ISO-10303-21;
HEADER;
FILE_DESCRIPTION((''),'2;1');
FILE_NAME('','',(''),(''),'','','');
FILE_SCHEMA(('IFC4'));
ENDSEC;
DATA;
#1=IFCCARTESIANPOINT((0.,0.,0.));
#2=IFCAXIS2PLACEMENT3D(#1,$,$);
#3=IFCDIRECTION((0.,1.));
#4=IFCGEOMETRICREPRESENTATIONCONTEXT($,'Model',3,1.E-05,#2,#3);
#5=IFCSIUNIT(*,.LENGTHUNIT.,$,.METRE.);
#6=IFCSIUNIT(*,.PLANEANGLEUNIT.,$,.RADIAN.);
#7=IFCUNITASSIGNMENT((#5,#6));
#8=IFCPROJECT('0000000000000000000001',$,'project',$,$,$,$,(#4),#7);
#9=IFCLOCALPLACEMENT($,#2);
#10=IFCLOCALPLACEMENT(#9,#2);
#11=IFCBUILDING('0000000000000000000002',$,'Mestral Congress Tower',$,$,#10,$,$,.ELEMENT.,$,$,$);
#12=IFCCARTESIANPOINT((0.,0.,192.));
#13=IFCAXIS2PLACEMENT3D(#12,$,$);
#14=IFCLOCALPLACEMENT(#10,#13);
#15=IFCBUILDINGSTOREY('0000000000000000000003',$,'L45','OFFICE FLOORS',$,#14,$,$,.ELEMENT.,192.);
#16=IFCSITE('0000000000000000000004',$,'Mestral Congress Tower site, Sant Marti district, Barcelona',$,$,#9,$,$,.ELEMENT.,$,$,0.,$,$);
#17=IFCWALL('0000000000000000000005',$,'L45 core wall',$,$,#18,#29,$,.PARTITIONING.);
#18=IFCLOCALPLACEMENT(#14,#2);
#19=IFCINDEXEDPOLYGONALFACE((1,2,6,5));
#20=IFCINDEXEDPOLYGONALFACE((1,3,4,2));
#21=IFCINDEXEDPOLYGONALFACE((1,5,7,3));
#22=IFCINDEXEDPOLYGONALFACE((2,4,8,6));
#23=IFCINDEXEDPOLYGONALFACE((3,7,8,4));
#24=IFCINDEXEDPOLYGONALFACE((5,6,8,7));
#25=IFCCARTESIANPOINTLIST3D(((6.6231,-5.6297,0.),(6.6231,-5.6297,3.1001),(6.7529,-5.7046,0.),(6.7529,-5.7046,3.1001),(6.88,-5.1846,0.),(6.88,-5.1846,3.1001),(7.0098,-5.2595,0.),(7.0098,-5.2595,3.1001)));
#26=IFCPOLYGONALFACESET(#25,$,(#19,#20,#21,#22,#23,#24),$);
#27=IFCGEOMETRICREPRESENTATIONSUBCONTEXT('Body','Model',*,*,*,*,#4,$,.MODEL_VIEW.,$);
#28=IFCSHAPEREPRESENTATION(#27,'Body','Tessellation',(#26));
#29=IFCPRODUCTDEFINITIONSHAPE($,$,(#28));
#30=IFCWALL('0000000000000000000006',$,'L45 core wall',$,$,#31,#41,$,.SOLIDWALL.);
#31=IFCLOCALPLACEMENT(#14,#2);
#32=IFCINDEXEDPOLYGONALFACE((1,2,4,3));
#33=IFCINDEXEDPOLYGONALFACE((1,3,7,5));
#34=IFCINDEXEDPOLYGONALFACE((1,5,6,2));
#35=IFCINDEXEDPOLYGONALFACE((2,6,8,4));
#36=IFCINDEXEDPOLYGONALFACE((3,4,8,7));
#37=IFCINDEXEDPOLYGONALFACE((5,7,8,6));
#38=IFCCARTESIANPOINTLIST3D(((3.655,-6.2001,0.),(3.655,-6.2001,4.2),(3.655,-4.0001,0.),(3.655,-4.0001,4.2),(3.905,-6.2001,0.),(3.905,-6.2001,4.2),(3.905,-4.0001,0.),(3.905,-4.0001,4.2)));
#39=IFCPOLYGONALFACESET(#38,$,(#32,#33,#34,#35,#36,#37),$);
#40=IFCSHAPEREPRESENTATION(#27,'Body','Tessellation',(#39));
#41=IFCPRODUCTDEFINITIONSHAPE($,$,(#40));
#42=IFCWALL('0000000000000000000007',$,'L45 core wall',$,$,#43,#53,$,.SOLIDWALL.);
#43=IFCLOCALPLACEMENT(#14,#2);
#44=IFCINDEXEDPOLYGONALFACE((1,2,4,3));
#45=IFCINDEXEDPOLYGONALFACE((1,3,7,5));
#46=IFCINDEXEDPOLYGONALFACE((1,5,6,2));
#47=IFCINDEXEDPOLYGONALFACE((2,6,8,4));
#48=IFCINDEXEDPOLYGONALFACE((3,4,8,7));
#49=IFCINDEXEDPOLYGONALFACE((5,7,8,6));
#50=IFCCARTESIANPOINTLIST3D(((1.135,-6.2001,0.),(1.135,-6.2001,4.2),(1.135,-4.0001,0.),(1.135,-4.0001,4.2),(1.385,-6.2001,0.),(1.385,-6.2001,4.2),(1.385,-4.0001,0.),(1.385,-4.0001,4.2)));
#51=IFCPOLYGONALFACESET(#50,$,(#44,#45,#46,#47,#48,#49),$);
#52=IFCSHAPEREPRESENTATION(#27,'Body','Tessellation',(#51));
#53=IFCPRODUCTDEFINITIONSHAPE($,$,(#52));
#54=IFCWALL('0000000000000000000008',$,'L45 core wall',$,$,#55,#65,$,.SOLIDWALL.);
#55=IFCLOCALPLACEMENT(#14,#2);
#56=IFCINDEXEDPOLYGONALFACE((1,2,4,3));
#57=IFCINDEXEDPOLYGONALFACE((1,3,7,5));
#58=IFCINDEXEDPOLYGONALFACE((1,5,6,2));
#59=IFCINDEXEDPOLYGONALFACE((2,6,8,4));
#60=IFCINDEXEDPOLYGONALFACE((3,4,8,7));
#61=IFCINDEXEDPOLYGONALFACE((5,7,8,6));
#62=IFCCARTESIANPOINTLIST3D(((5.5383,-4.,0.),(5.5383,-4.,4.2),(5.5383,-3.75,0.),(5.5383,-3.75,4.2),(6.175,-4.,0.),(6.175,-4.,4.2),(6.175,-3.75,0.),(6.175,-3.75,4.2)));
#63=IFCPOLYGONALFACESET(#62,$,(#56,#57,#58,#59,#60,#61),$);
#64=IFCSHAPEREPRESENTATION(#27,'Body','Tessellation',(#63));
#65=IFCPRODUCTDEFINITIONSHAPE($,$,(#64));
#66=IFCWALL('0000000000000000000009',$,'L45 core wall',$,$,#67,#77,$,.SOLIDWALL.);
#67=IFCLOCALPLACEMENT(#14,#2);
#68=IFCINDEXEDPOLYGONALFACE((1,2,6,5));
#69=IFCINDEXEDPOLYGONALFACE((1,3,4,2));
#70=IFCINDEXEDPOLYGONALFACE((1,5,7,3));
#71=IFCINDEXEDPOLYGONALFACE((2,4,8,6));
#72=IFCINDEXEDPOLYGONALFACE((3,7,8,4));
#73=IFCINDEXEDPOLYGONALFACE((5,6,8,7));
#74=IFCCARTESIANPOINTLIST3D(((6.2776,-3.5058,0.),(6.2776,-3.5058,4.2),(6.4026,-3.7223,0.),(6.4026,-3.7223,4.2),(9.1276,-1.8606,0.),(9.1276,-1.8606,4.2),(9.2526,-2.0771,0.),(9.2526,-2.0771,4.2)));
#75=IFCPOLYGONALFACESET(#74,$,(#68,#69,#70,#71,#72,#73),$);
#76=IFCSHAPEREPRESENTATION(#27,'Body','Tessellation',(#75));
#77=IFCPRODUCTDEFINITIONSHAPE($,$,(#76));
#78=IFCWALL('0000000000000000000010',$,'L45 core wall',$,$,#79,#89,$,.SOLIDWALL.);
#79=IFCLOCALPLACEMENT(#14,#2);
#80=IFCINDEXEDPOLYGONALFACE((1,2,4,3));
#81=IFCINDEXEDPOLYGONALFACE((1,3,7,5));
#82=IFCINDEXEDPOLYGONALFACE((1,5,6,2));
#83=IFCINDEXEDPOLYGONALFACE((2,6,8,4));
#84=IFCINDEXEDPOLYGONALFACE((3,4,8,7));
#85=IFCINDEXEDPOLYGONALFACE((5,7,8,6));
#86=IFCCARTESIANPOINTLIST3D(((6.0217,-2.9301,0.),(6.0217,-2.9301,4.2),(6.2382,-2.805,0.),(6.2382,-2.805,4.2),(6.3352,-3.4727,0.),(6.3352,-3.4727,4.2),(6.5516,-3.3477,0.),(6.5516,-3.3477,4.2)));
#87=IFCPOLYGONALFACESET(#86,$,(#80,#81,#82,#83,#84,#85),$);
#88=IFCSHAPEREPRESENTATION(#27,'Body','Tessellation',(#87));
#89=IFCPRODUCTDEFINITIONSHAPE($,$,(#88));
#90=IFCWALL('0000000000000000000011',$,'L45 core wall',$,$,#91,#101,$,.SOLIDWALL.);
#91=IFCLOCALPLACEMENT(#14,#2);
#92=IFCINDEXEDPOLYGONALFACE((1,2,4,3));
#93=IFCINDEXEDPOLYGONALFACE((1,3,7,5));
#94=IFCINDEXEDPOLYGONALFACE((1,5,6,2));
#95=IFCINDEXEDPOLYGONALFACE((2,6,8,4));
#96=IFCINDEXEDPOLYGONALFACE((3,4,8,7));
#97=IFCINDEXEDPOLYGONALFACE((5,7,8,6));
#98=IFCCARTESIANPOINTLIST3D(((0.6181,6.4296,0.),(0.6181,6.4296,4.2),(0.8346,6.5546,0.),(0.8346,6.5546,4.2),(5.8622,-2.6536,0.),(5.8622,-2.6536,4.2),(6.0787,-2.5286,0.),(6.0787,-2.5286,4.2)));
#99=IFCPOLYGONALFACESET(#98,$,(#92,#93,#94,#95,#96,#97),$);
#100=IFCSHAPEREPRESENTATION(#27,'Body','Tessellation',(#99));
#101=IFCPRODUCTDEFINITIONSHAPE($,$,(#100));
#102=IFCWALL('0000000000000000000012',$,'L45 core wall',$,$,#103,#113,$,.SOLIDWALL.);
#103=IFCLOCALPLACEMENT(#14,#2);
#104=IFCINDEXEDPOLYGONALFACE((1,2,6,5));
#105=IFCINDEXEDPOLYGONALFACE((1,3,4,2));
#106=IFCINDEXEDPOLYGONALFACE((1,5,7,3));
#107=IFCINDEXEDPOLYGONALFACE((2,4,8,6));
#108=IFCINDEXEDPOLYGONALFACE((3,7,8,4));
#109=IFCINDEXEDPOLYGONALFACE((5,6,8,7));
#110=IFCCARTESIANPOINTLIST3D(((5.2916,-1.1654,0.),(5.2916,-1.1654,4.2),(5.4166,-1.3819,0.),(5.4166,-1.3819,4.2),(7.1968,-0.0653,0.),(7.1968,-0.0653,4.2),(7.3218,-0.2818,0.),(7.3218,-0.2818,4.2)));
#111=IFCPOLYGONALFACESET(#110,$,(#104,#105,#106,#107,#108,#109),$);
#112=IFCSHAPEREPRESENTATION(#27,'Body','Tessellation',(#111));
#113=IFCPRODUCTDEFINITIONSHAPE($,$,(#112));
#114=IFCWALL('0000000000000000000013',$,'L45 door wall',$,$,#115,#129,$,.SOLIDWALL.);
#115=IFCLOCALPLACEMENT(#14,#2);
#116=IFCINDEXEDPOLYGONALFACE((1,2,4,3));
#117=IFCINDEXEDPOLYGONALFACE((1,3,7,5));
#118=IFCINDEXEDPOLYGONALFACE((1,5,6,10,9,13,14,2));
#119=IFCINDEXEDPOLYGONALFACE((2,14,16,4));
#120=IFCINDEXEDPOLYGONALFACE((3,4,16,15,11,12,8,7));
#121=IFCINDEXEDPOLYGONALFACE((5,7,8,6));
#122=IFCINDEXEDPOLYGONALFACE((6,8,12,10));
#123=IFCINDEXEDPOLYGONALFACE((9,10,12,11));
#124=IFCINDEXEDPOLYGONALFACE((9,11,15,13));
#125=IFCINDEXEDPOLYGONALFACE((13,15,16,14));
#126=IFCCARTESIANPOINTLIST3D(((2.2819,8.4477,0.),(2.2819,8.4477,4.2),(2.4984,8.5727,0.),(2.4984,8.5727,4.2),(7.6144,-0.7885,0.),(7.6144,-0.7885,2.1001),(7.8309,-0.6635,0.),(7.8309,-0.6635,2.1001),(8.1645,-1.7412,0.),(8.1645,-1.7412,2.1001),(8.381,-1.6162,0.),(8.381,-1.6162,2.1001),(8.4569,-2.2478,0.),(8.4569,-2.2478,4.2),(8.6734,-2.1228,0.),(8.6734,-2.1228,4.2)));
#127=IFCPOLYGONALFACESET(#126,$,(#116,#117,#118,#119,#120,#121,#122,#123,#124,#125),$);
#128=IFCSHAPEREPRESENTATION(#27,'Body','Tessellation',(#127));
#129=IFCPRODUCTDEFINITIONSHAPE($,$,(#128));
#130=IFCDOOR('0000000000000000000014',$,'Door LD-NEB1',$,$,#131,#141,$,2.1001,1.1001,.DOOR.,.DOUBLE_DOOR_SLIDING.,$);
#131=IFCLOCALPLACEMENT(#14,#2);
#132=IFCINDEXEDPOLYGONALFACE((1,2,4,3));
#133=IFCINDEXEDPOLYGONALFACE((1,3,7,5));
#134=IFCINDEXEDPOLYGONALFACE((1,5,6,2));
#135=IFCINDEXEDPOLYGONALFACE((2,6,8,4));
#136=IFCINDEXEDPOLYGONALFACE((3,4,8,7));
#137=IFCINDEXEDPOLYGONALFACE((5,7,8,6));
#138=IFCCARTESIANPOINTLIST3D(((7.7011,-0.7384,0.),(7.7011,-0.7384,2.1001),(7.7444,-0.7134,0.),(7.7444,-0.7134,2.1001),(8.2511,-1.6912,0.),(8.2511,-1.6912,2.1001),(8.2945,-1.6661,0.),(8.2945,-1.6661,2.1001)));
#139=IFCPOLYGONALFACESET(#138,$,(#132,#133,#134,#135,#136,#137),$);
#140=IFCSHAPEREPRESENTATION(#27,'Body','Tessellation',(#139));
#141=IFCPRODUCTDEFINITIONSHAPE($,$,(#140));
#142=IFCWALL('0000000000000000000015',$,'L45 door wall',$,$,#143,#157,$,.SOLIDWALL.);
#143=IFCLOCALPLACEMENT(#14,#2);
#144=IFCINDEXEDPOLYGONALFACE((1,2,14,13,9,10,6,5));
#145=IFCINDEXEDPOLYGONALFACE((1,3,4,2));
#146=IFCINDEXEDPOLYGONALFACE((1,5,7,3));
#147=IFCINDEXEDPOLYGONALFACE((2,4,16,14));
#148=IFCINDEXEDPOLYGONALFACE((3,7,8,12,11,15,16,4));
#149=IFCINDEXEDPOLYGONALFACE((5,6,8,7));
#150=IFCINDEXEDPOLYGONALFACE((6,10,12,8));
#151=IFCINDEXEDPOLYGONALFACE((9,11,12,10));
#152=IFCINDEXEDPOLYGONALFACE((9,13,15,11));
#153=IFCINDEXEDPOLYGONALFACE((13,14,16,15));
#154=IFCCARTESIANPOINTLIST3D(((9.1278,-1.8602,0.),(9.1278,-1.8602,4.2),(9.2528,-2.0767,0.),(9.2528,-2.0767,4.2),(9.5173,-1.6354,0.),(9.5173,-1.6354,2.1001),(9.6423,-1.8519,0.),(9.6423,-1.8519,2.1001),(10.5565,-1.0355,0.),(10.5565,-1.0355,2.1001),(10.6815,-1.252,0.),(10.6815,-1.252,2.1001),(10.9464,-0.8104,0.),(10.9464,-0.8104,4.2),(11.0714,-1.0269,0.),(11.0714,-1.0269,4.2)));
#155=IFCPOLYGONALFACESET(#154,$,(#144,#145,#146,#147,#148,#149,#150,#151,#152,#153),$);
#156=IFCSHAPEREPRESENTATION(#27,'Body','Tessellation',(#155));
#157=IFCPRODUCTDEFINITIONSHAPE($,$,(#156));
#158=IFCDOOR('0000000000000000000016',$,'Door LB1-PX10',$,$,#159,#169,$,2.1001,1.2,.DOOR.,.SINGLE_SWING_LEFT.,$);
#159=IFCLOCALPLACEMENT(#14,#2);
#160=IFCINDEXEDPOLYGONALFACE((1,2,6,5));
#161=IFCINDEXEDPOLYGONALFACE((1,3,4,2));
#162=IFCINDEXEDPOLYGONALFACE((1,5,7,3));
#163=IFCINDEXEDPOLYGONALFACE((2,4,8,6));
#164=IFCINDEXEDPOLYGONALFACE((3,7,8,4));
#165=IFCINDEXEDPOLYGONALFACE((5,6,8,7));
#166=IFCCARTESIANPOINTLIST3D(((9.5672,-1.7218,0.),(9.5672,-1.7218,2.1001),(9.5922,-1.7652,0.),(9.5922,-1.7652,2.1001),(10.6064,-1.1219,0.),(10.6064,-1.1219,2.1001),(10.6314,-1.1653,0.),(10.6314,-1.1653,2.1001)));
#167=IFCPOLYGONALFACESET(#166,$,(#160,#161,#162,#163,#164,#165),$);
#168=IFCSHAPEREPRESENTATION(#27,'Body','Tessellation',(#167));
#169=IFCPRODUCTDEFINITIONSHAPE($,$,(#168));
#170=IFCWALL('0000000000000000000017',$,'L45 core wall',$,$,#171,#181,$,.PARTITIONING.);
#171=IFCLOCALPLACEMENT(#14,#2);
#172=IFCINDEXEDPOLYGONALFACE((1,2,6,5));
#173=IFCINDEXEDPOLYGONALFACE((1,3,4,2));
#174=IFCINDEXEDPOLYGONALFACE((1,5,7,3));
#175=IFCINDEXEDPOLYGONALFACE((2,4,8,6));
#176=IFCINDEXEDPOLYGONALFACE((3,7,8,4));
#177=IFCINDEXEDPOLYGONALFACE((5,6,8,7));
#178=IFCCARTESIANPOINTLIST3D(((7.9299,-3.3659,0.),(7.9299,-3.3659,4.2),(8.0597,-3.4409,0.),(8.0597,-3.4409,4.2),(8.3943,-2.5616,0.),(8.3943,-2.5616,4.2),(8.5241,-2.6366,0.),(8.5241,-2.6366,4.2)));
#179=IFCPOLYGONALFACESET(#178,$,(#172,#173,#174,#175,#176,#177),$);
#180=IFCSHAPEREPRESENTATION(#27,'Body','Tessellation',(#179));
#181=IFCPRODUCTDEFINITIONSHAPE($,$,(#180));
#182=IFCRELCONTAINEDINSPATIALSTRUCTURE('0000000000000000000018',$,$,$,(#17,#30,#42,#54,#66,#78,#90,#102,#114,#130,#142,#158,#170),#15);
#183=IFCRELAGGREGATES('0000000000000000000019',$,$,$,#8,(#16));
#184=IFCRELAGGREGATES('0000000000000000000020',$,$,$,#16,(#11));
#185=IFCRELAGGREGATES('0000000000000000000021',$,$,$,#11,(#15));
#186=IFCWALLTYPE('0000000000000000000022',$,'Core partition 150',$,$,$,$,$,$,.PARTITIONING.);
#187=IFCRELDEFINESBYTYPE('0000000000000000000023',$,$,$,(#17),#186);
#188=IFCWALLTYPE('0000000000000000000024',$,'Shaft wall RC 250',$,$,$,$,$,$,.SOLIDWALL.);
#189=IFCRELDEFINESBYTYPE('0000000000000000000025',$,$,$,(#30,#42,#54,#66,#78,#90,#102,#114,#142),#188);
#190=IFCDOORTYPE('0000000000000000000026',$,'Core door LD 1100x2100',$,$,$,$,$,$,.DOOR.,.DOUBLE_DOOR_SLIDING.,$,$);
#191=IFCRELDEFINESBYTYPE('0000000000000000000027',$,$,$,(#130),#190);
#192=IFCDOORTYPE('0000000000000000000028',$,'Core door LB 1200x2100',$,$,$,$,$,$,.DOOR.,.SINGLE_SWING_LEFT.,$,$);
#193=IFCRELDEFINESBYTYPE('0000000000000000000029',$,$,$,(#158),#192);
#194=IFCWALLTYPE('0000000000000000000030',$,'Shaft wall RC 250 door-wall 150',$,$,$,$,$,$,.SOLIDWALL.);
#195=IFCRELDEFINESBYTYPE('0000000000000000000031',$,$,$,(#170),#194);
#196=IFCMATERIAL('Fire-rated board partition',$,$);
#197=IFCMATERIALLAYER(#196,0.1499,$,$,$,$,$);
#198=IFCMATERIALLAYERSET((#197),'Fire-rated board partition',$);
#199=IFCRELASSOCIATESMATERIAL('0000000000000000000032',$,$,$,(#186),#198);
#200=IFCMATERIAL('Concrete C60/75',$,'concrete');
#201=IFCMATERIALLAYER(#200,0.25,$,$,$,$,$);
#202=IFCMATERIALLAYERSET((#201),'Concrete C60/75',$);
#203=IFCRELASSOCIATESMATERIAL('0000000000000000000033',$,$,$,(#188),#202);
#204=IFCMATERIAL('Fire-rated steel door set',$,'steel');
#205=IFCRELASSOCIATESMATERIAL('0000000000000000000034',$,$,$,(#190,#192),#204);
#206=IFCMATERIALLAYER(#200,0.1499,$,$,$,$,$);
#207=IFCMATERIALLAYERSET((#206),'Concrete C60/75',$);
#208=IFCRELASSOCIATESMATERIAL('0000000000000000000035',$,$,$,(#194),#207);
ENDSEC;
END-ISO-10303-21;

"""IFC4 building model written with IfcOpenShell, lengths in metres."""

from ifc_helpers import new_model, si_unit, direction, frame, frame_2d, origin, place, context, subcontext, project, spatial, rectangle, extrude, material, layer, layer_set, type_object, element, fill, save


model = new_model("IFC4")

# Units and contexts
model_context = context("Model", 3, precision=1e-05, world=origin(), true_north=direction((0.0, 1.0)))
body_context = subcontext(model_context, "Body", "Model", "MODEL_VIEW")
ifc_project = project(units=[si_unit("LENGTHUNIT", "METRE"), si_unit("PLANEANGLEUNIT", "RADIAN")], contexts=[model_context])

# Site, building, storey
site_placement = place(None, origin())
site = spatial("IfcSite", under=ifc_project, at=site_placement, Name="Mestral Congress Tower site, Sant Marti district, Barcelona", CompositionType="ELEMENT", RefElevation=0.0)
building_placement = place(site_placement, origin())
building = spatial("IfcBuilding", under=site, at=building_placement, Name="Mestral Congress Tower", CompositionType="ELEMENT")
storey_placement = place(building_placement, frame((0.0, 0.0, 192.0)))
storey = spatial("IfcBuildingStorey", under=building, at=storey_placement, Name="L45", Description="OFFICE FLOORS", CompositionType="ELEMENT", Elevation=192.0)

# Walls
ifc_material_1 = material(Name="Fire-rated board partition")
ifc_layer_1 = layer(ifc_material_1, 0.1499)
ifc_layer_set_1 = layer_set([ifc_layer_1], Name="Fire-rated board partition")
wall_type_1 = type_object("IfcWallType", Name="Core partition 150", PredefinedType="PARTITIONING", material=ifc_layer_set_1)
wall_1_placement = place(storey_placement, frame((6.9448, -5.2222, 0.0), z_axis=(0.0, 0.0, 1.0), x_axis=(-0.499818, -0.86613, 0.0)))
element("IfcWall", 1, at=wall_1_placement, inside=storey, type_object=wall_type_1, Name="L45 core wall", PredefinedType="PARTITIONING", context=body_context, shape_type="SweptSolid", body=[
    extrude(rectangle(XDim=0.5139, YDim=0.1499, at=frame_2d((0.2568, 0.0))), origin(), (0.0, 0.0, 1.0), 3.1001),
])
ifc_material_2 = material(Name="Concrete C60/75", Category="concrete")
ifc_layer_2 = layer(ifc_material_2, 0.25)
ifc_layer_set_2 = layer_set([ifc_layer_2], Name="Concrete C60/75")
wall_type_2 = type_object("IfcWallType", Name="Shaft wall RC 250", PredefinedType="SOLIDWALL", material=ifc_layer_set_2)
for number, where, z_axis, x_axis, name in (
    (2, (3.78, -4.0, 0.0), (0.0, 0.0, 1.0), (0.0, -1.0, 0.0), "L45 core wall"),
    (3, (1.26, -4.0, 0.0), (0.0, 0.0, 1.0), (0.0, -1.0, 0.0), "L45 core wall"),
):
    element("IfcWall", number, at=place(storey_placement, frame(where, z_axis=z_axis, x_axis=x_axis)), inside=storey, type_object=wall_type_2, Name=name, PredefinedType="SOLIDWALL", context=body_context, shape_type="SweptSolid", body=[
        extrude(rectangle(XDim=2.2, YDim=0.25, at=frame_2d((1.1001, 0.0))), origin(), (0.0, 0.0, 1.0), 4.2),
    ])
wall_2_placement = place(storey_placement, frame((5.5383, -3.875, 0.0), z_axis=(0.0, 0.0, 1.0), x_axis=(1.0, 0.0, 0.0)))
element("IfcWall", 4, at=wall_2_placement, inside=storey, type_object=wall_type_2, Name="L45 core wall", PredefinedType="SOLIDWALL", context=body_context, shape_type="SweptSolid", body=[
    extrude(rectangle(XDim=0.6367, YDim=0.25, at=frame_2d((0.3184, 0.0))), origin(), (0.0, 0.0, 1.0), 4.2),
])
wall_3_placement = place(storey_placement, frame((9.1902, -1.9688, 0.0), z_axis=(0.0, 0.0, 1.0), x_axis=(-0.866057, -0.499945, 0.0)))
element("IfcWall", 5, at=wall_3_placement, inside=storey, type_object=wall_type_2, Name="L45 core wall", PredefinedType="SOLIDWALL", context=body_context, shape_type="SweptSolid", body=[
    extrude(rectangle(XDim=3.2908, YDim=0.25, at=frame_2d((1.6455, 0.0))), origin(), (0.0, 0.0, 1.0), 4.2),
])
wall_4_placement = place(storey_placement, frame((6.1299, -2.8674, 0.0), z_axis=(0.0, 0.0, 1.0), x_axis=(0.500161, -0.865933, 0.0)))
element("IfcWall", 6, at=wall_4_placement, inside=storey, type_object=wall_type_2, Name="L45 core wall", PredefinedType="SOLIDWALL", context=body_context, shape_type="SweptSolid", body=[
    extrude(rectangle(XDim=0.6267, YDim=0.25, at=frame_2d((0.3135, 0.0))), origin(), (0.0, 0.0, 1.0), 4.2),
])
wall_5_placement = place(storey_placement, frame((5.9705, -2.5911, 0.0), z_axis=(0.0, 0.0, 1.0), x_axis=(-0.499994, 0.866029, 0.0)))
element("IfcWall", 7, at=wall_5_placement, inside=storey, type_object=wall_type_2, Name="L45 core wall", PredefinedType="SOLIDWALL", context=body_context, shape_type="SweptSolid", body=[
    extrude(rectangle(XDim=10.4883, YDim=0.25, at=frame_2d((5.2441, 0.0))), origin(), (0.0, 0.0, 1.0), 4.2),
])
wall_6_placement = place(storey_placement, frame((5.354, -1.2737, 0.0), z_axis=(0.0, 0.0, 1.0), x_axis=(0.866008, 0.50003, 0.0)))
element("IfcWall", 8, at=wall_6_placement, inside=storey, type_object=wall_type_2, Name="L45 core wall", PredefinedType="SOLIDWALL", context=body_context, shape_type="SweptSolid", body=[
    extrude(rectangle(XDim=2.2, YDim=0.25, at=frame_2d((1.1001, 0.0))), origin(), (0.0, 0.0, 1.0), 4.2),
])

# Walls, openings, doors
wall_7_placement = place(storey_placement, frame((8.5652, -2.1853, 0.0), z_axis=(0.0, 0.0, 1.0), x_axis=(-0.499998, 0.866027, 0.0)))
wall_7 = element("IfcWall", 9, at=wall_7_placement, inside=storey, type_object=wall_type_2, Name="L45 door wall", PredefinedType="SOLIDWALL", context=body_context, shape_type="SweptSolid", body=[
    extrude(rectangle(XDim=12.3501, YDim=0.25, at=frame_2d((6.175, 0.0))), origin(), (0.0, 0.0, 1.0), 4.2),
])
opening_1_placement = place(wall_7_placement, frame((0.585, 0.0, 0.0)))
opening_1 = element("IfcOpeningElement", 10, at=opening_1_placement, cuts=wall_7, PredefinedType="OPENING", context=body_context, shape_type="SweptSolid", body=[
    extrude(rectangle(XDim=1.1001, YDim=2.1001, at=frame_2d((0.55, 1.05))), frame((0.0, 0.135, 0.0), z_axis=(0.0, -1.0, 0.0), x_axis=(1.0, 0.0, 0.0)), (0.0, 0.0, 1.0), 0.27),
])
ifc_material_3 = material(Name="Fire-rated steel door set", Category="steel")
door_type_1 = type_object("IfcDoorType", Name="Core door LD 1100x2100", OperationType="DOUBLE_DOOR_SLIDING", PredefinedType="DOOR", material=ifc_material_3)
door_1_placement = place(opening_1_placement, origin())
door_1 = element("IfcDoor", 11, at=door_1_placement, inside=storey, type_object=door_type_1, Name="Door LD-NEB1", OperationType="DOUBLE_DOOR_SLIDING", OverallHeight=2.1001, OverallWidth=1.1001, PredefinedType="DOOR", context=body_context, shape_type="SweptSolid", body=[
    extrude(rectangle(XDim=1.1001, YDim=2.1001, at=frame_2d((0.55, 1.05))), frame((0.0, 0.0249, 0.0), z_axis=(0.0, -1.0, 0.0), x_axis=(1.0, 0.0, 0.0)), (0.0, 0.0, 1.0), 0.05),
])
fill(opening_1, door_1)
wall_8_placement = place(storey_placement, frame((11.0088, -0.9187, 0.0), z_axis=(0.0, 0.0, 1.0), x_axis=(-0.86606, -0.499941, 0.0)))
wall_8 = element("IfcWall", 12, at=wall_8_placement, inside=storey, type_object=wall_type_2, Name="L45 door wall", PredefinedType="SOLIDWALL", context=body_context, shape_type="SweptSolid", body=[
    extrude(rectangle(XDim=2.0999, YDim=0.25, at=frame_2d((1.0498, 0.0))), origin(), (0.0, 0.0, 1.0), 4.2),
])
opening_2_placement = place(wall_8_placement, frame((0.45, 0.0, 0.0)))
opening_2 = element("IfcOpeningElement", 13, at=opening_2_placement, cuts=wall_8, PredefinedType="OPENING", context=body_context, shape_type="SweptSolid", body=[
    extrude(rectangle(XDim=1.2, YDim=2.1001, at=frame_2d((0.6001, 1.05))), frame((0.0, 0.135, 0.0), z_axis=(0.0, -1.0, 0.0), x_axis=(1.0, 0.0, 0.0)), (0.0, 0.0, 1.0), 0.27),
])
door_type_2 = type_object("IfcDoorType", Name="Core door LB 1200x2100", OperationType="SINGLE_SWING_LEFT", PredefinedType="DOOR", material=ifc_material_3)
door_2_placement = place(opening_2_placement, origin())
door_2 = element("IfcDoor", 14, at=door_2_placement, inside=storey, type_object=door_type_2, Name="Door LB1-PX10", OperationType="SINGLE_SWING_LEFT", OverallHeight=2.1001, OverallWidth=1.2, PredefinedType="DOOR", context=body_context, shape_type="SweptSolid", body=[
    extrude(rectangle(XDim=1.2, YDim=2.1001, at=frame_2d((0.6001, 1.05))), frame((0.0, 0.0249, 0.0), z_axis=(0.0, -1.0, 0.0), x_axis=(1.0, 0.0, 0.0)), (0.0, 0.0, 1.0), 0.05),
])
fill(opening_2, door_2)

# Wall
ifc_layer_3 = layer(ifc_material_2, 0.1499)
ifc_layer_set_3 = layer_set([ifc_layer_3], Name="Concrete C60/75")
wall_type_3 = type_object("IfcWallType", Name="Shaft wall RC 250 door-wall 150", PredefinedType="SOLIDWALL", material=ifc_layer_set_3)
wall_9_placement = place(storey_placement, frame((8.4592, -2.5991, 0.0), z_axis=(0.0, 0.0, 1.0), x_axis=(-0.500041, -0.866002, 0.0)))
element("IfcWall", 15, at=wall_9_placement, inside=storey, type_object=wall_type_3, Name="L45 core wall", PredefinedType="PARTITIONING", context=body_context, shape_type="SweptSolid", body=[
    extrude(rectangle(XDim=0.9287, YDim=0.1499, at=frame_2d((0.4644, 0.0))), origin(), (0.0, 0.0, 1.0), 4.2),
])

save(model, "model.ifc")
